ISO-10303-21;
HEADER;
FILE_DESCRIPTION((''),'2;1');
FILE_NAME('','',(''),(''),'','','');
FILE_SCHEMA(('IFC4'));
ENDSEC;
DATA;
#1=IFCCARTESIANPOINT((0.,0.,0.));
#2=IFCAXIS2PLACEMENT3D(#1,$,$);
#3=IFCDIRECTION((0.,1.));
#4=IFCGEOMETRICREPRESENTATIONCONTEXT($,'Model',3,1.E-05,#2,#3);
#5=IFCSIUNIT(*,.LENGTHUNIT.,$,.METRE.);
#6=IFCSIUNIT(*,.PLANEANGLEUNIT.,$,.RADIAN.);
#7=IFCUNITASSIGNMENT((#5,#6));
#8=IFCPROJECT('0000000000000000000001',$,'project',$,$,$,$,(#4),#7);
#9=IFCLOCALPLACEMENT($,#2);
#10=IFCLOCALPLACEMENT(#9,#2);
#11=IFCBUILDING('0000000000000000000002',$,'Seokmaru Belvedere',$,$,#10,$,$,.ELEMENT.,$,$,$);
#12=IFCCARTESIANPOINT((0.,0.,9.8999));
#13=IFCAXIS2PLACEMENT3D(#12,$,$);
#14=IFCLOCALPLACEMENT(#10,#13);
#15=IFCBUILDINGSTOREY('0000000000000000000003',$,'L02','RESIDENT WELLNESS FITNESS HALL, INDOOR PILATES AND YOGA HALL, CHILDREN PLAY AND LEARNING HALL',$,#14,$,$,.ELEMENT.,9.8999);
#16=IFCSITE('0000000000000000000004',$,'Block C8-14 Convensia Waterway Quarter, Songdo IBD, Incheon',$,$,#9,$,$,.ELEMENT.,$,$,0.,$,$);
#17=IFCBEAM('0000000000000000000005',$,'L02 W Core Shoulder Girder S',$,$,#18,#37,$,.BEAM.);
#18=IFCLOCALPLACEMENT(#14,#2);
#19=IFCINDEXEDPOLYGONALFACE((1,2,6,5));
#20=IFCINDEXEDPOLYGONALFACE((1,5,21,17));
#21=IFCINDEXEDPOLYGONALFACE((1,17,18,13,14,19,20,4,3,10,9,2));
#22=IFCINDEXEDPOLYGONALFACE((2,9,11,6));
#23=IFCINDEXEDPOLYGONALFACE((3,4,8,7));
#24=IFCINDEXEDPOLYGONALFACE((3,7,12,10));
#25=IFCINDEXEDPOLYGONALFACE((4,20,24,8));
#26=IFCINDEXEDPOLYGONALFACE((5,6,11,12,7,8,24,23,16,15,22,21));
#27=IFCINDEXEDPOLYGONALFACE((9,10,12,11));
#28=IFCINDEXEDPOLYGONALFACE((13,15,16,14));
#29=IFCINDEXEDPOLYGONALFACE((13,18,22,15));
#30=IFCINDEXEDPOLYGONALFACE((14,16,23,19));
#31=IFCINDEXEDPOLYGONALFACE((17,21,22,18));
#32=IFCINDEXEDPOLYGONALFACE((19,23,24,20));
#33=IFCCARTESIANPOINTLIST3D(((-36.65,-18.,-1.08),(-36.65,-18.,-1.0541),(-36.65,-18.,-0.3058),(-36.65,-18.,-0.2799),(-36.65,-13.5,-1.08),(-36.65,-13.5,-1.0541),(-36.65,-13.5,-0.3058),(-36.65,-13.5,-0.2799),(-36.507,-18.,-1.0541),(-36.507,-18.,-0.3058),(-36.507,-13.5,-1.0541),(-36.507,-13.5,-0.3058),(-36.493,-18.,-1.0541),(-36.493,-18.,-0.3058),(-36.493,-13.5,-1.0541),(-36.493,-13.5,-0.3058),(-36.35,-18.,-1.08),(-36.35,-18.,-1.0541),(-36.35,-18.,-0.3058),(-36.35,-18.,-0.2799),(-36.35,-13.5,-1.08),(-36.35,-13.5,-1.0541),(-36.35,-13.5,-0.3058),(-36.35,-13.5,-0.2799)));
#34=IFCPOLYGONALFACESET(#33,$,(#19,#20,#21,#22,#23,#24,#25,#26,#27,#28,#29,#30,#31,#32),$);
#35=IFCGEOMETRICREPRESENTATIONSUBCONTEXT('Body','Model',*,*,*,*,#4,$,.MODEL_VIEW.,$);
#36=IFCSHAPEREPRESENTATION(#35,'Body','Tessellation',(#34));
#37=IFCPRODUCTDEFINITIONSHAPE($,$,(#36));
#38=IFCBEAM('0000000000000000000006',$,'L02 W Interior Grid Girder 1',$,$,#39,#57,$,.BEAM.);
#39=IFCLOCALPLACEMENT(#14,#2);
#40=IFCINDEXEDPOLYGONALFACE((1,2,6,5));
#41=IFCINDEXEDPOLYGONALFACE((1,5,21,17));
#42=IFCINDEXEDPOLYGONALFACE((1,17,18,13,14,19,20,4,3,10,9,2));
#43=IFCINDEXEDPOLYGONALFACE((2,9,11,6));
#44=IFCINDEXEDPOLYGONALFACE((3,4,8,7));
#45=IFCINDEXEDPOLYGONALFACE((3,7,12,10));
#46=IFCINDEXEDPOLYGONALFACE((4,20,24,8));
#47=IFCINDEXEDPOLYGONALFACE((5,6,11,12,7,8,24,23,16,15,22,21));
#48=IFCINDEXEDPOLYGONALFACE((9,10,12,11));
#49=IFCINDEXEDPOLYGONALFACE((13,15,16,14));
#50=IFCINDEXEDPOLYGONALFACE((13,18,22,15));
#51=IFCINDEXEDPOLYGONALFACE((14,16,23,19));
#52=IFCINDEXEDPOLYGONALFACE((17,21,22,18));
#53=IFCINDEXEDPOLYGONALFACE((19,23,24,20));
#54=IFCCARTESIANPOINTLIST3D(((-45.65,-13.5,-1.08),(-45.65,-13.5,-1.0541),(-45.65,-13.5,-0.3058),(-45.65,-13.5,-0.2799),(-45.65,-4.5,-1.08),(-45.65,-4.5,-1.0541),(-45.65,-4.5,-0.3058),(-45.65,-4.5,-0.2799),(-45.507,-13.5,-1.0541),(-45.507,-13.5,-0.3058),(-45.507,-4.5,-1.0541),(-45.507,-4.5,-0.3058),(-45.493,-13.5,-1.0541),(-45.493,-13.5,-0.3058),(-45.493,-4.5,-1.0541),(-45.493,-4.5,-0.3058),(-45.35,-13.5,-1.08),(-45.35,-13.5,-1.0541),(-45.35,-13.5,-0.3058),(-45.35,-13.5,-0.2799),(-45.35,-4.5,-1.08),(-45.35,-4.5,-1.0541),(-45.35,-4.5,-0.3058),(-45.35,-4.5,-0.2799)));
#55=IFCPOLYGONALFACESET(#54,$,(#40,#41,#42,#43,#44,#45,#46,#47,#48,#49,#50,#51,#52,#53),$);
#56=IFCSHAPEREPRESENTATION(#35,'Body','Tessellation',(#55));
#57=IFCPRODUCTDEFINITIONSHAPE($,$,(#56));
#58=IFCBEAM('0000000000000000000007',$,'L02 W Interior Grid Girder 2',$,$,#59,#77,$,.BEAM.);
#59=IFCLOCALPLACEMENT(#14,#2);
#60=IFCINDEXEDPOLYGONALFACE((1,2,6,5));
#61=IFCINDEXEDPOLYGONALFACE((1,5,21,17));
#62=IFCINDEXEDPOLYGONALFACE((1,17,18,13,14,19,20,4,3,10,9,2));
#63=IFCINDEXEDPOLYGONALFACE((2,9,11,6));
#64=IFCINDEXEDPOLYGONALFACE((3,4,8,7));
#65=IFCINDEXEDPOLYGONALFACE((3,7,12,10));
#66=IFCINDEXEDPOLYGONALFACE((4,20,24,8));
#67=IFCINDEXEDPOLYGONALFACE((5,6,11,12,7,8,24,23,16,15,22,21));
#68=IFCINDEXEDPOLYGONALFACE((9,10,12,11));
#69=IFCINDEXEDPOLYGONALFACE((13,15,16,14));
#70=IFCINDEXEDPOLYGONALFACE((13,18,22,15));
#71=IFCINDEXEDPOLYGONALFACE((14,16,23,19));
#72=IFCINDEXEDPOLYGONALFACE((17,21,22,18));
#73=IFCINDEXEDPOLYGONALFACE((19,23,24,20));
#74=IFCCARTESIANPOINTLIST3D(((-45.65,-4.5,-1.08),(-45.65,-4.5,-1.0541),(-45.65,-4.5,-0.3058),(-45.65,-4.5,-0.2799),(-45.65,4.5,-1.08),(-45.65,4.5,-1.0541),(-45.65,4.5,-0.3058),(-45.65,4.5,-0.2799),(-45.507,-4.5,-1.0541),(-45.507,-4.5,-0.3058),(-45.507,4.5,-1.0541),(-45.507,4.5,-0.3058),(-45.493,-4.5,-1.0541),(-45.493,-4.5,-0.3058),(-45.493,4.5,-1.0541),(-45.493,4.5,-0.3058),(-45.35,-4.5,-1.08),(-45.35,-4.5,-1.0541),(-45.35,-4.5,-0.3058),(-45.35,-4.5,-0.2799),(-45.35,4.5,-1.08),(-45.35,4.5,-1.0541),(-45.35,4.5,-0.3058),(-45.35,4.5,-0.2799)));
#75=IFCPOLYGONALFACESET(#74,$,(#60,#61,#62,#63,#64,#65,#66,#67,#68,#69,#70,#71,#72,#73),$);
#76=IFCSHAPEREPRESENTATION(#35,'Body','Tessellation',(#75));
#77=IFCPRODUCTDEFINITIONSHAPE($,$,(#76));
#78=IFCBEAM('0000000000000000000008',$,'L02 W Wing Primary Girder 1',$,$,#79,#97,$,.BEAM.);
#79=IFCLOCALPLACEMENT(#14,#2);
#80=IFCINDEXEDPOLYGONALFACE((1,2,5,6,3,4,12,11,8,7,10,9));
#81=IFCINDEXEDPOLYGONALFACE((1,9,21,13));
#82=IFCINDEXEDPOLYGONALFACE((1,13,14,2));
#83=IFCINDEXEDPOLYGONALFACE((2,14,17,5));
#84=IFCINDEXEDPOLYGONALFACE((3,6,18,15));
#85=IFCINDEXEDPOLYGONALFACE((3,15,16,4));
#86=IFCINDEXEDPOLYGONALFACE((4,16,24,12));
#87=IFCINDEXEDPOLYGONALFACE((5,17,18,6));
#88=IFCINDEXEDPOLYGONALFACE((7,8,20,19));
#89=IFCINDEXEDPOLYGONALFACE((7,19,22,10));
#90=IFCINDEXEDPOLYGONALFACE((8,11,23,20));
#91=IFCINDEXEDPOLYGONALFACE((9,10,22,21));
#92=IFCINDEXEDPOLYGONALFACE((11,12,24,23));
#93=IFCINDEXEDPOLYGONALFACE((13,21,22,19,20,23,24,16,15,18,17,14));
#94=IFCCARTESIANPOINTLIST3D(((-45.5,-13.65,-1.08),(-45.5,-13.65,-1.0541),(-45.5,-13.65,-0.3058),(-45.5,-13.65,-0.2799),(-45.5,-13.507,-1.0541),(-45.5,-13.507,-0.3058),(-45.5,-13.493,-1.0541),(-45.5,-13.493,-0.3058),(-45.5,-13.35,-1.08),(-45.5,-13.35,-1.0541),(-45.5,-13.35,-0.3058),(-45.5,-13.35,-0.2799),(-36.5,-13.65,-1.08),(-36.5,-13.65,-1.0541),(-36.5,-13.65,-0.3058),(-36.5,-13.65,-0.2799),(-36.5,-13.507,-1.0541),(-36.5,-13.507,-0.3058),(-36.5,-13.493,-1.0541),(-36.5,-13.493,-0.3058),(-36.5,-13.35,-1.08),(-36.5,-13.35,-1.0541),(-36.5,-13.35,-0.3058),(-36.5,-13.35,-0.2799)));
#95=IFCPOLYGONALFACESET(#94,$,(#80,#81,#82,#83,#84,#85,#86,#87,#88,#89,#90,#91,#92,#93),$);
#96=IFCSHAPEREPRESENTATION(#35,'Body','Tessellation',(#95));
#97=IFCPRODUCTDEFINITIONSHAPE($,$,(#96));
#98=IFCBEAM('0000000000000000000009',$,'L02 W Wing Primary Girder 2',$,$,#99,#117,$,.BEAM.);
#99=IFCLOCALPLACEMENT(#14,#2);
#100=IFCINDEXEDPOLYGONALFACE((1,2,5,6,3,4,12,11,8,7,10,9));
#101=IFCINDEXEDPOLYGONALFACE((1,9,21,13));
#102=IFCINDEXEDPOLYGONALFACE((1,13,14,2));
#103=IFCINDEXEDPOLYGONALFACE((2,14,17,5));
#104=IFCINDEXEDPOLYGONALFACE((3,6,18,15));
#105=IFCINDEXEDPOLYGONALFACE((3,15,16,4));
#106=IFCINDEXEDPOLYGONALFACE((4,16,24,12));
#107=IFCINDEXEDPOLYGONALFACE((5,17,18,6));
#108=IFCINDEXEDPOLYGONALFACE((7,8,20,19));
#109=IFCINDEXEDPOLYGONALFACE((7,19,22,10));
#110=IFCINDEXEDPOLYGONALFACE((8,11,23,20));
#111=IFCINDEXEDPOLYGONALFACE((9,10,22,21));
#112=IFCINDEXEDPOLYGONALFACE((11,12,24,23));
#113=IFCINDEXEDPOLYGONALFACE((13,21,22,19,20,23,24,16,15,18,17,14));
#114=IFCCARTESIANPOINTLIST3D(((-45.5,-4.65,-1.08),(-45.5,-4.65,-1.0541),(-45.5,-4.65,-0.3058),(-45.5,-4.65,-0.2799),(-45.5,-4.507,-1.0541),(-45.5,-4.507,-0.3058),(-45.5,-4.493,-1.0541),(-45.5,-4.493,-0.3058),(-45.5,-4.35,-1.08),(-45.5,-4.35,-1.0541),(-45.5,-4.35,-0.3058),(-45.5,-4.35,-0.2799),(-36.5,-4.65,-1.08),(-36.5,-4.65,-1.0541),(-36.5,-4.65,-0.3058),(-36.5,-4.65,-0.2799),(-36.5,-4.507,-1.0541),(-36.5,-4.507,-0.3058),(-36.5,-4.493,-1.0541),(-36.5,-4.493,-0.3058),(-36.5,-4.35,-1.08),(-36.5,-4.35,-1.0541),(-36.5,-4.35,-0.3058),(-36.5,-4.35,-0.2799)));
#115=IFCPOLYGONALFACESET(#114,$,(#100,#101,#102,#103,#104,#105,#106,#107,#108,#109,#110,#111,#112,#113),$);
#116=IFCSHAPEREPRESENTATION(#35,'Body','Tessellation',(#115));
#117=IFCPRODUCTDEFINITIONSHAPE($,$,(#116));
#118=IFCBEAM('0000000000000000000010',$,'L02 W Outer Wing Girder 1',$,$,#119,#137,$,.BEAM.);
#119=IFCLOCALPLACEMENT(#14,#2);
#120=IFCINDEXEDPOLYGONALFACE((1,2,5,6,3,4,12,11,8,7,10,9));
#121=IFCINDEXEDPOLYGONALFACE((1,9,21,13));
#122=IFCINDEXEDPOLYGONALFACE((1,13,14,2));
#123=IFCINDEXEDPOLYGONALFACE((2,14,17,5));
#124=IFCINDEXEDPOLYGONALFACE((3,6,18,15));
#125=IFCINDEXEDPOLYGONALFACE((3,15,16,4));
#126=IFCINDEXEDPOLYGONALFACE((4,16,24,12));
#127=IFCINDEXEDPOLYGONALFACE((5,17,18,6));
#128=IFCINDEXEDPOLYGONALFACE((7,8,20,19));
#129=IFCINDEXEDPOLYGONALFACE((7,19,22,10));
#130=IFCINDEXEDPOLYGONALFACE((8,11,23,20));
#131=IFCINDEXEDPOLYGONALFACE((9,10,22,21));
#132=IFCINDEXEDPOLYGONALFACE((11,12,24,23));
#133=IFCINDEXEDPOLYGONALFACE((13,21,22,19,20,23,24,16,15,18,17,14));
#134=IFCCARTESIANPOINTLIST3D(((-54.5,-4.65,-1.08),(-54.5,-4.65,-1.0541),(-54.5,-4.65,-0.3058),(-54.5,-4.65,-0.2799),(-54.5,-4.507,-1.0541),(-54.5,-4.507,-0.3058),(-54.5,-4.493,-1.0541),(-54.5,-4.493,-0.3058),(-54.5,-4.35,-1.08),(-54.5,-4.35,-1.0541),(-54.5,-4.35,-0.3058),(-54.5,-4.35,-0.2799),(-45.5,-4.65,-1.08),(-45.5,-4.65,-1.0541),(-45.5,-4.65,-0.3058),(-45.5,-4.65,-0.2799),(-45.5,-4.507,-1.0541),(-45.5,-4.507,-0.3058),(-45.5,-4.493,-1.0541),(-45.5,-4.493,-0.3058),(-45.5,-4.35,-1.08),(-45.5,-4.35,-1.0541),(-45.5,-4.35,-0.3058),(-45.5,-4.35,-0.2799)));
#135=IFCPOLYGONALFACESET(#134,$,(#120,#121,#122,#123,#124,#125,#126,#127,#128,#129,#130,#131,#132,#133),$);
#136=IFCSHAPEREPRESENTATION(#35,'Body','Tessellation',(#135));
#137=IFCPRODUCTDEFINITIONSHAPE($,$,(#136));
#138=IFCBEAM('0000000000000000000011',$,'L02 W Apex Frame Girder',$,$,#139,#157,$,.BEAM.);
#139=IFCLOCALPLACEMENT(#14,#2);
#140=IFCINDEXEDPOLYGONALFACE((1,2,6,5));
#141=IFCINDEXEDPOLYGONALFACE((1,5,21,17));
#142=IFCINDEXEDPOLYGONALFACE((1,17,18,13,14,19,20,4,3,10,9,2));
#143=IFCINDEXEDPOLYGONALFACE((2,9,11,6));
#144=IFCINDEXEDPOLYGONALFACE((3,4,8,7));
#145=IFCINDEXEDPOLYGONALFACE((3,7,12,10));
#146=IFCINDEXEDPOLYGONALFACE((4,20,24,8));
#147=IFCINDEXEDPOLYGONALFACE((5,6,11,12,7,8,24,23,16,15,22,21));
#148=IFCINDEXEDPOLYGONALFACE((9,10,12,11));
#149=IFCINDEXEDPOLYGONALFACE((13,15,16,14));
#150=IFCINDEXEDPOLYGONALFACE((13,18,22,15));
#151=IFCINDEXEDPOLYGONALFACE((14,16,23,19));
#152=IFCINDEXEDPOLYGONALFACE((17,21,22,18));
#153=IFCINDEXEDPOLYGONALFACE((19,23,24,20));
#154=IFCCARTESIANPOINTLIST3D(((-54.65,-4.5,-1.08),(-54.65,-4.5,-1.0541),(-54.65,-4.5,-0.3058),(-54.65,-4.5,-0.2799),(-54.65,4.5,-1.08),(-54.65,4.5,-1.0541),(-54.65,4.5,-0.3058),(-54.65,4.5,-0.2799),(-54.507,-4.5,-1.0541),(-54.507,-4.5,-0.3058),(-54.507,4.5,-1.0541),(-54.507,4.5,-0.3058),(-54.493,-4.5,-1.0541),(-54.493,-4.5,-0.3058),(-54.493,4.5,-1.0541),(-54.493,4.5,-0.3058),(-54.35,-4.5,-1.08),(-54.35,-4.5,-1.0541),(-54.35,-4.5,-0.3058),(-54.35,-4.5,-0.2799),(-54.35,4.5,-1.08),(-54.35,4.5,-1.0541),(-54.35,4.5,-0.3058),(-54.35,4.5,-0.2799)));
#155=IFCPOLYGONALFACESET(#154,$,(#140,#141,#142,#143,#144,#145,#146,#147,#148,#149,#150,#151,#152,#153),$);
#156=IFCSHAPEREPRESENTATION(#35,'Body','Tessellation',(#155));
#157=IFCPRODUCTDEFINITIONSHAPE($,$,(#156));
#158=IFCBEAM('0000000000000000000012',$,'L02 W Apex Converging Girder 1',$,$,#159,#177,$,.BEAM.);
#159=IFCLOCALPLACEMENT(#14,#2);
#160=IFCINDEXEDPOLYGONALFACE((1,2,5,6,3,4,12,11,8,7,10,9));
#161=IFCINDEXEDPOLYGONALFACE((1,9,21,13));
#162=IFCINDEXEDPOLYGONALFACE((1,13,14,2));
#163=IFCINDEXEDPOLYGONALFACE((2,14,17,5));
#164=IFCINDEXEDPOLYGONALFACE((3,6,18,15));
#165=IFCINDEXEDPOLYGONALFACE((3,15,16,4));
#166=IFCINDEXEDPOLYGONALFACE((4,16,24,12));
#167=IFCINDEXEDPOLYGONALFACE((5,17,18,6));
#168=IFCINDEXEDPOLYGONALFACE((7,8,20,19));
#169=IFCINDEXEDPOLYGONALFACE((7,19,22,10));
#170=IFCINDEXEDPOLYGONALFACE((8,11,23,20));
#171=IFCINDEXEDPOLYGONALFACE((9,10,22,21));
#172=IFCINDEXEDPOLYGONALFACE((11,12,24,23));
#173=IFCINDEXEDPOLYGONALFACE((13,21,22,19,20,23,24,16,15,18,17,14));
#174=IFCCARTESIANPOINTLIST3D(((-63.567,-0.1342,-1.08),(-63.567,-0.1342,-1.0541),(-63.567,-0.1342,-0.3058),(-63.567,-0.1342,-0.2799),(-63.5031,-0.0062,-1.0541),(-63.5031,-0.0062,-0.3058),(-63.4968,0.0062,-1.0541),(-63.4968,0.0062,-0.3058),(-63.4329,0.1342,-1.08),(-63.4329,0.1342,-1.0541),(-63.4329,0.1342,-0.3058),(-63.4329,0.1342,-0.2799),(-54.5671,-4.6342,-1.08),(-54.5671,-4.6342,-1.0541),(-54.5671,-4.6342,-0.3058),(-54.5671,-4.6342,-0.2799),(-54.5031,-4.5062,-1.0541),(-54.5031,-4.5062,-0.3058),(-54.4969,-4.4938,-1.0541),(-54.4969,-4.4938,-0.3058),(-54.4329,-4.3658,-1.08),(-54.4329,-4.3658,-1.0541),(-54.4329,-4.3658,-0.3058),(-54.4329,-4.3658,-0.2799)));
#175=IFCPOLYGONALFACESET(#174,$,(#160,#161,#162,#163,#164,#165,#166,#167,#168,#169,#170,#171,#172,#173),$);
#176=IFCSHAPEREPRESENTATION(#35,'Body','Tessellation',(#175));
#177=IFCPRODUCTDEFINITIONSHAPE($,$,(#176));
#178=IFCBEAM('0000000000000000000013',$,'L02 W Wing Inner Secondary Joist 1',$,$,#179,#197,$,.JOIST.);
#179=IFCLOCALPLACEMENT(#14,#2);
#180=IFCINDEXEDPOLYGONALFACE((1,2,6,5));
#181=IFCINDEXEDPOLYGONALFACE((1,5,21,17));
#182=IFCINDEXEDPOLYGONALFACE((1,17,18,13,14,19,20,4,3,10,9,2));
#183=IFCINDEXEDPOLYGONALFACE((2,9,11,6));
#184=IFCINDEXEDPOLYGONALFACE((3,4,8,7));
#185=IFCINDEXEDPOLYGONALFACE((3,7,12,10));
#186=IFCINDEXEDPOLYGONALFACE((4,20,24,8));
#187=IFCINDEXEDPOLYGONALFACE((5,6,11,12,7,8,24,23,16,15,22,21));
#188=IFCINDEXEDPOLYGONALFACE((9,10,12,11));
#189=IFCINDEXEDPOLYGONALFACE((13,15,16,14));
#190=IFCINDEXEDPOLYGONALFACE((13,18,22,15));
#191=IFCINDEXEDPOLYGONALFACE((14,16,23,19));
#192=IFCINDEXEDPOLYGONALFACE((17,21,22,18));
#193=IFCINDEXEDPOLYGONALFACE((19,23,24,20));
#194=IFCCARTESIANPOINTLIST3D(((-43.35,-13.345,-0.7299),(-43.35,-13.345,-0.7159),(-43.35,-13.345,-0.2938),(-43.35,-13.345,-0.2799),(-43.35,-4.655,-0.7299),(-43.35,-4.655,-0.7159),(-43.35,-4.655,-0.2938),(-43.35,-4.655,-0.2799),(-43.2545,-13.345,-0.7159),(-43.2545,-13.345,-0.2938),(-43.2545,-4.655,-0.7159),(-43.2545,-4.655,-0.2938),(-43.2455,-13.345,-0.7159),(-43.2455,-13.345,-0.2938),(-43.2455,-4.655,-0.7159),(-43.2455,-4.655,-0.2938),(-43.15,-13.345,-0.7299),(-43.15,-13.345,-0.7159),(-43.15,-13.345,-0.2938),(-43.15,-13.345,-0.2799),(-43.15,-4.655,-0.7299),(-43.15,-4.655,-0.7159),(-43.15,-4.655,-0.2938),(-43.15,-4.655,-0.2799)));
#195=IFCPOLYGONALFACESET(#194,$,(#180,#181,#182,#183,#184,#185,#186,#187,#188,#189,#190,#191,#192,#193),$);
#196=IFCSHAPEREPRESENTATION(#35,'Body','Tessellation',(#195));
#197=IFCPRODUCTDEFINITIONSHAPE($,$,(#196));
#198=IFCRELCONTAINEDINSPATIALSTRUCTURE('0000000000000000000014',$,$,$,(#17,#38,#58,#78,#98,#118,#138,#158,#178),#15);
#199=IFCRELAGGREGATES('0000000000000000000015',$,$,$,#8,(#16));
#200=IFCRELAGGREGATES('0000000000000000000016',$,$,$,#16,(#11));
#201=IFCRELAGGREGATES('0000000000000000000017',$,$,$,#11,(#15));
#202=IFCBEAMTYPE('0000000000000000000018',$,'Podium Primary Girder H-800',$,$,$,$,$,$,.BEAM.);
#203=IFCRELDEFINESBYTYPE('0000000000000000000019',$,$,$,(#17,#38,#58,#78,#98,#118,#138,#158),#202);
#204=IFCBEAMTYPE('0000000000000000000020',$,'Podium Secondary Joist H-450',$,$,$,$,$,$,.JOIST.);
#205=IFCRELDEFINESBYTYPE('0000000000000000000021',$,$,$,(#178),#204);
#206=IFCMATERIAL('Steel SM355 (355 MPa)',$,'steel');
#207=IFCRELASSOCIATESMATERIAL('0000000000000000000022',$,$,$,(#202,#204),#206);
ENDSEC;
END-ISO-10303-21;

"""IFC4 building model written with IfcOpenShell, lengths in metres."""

from ifc_helpers import new_model, si_unit, direction, frame, origin, origin_2d, place, context, subcontext, project, spatial, i_section, extrude, source, transform, mapped, material, material_profile, profile_set, type_object, type_shapes, element, save


model = new_model("IFC4")

# Units and contexts
model_context = context("Model", 3, precision=1e-05, world=origin(), true_north=direction((0.0, 1.0)))
body_context = subcontext(model_context, "Body", "Model", "MODEL_VIEW")
ifc_project = project(units=[si_unit("LENGTHUNIT", "METRE"), si_unit("PLANEANGLEUNIT", "RADIAN")], contexts=[model_context])

# Site, building, storey
site_placement = place(None, origin())
site = spatial("IfcSite", under=ifc_project, at=site_placement, Name="Block C8-14 Convensia Waterway Quarter, Songdo IBD, Incheon", CompositionType="ELEMENT", RefElevation=0.0)
building_placement = place(site_placement, origin())
building = spatial("IfcBuilding", under=site, at=building_placement, Name="Seokmaru Belvedere", CompositionType="ELEMENT")
storey_placement = place(building_placement, frame((0.0, 0.0, 9.8999)))
storey = spatial("IfcBuildingStorey", under=building, at=storey_placement, Name="L02", Description="RESIDENT WELLNESS FITNESS HALL, INDOOR PILATES AND YOGA HALL, CHILDREN PLAY AND LEARNING HALL", CompositionType="ELEMENT", Elevation=9.8999)

# Shared definitions
ifc_material_1 = material(Name="Steel SM355 (355 MPa)", Category="steel")

# Beams
ifc_material_profile_1 = material_profile(ifc_material_1, i_section(OverallWidth=0.3, OverallDepth=0.8, WebThickness=0.0139, FlangeThickness=0.0259, at=origin_2d()), Name="H-800x300x14x26")
ifc_profile_set_1 = profile_set([ifc_material_profile_1], Name="Steel SM355 (355 MPa)")
beam_type_1 = type_object("IfcBeamType", Name="Podium Primary Girder H-800", PredefinedType="BEAM", material=ifc_profile_set_1)
shared_shape_1 = source(origin(), body_context, "Body", "SweptSolid", [
    extrude(i_section(OverallWidth=0.3, OverallDepth=0.8, WebThickness=0.0139, FlangeThickness=0.0259, at=origin_2d()), origin(), (0.0, 0.0, 1.0), 4.5),
])
beam_1_placement = place(storey_placement, frame((-36.5, -18.0, -0.6799), z_axis=(0.0, 1.0, 0.0), x_axis=(-1.0, 0.0, 0.0)))
element("IfcBeam", 1, at=beam_1_placement, inside=storey, type_object=beam_type_1, Name="L02 W Core Shoulder Girder S", PredefinedType="BEAM", context=body_context, shape_type="MappedRepresentation", body=[
    mapped(shared_shape_1, transform((0.0, 0.0, 0.0), scale=1.0)),
])
shared_shape_2 = source(origin(), body_context, "Body", "SweptSolid", [
    extrude(i_section(OverallWidth=0.3, OverallDepth=0.8, WebThickness=0.0139, FlangeThickness=0.0259, at=origin_2d()), origin(), (0.0, 0.0, 1.0), 9.0),
])
for number, where, z_axis, x_axis, name in (
    (2, (-45.5, -13.5, -0.6799), (0.0, 1.0, 0.0), (-1.0, 0.0, 0.0), "L02 W Interior Grid Girder 1"),
    (3, (-45.5, -4.5, -0.6799), (0.0, 1.0, 0.0), (-1.0, 0.0, 0.0), "L02 W Interior Grid Girder 2"),
    (4, (-45.5, -13.5, -0.6799), (1.0, 0.0, 0.0), (0.0, 1.0, 0.0), "L02 W Wing Primary Girder 1"),
    (5, (-45.5, -4.5, -0.6799), (1.0, 0.0, 0.0), (0.0, 1.0, 0.0), "L02 W Wing Primary Girder 2"),
    (6, (-54.5, -4.5, -0.6799), (1.0, 0.0, 0.0), (0.0, 1.0, 0.0), "L02 W Outer Wing Girder 1"),
    (7, (-54.5, -4.5, -0.6799), (0.0, 1.0, 0.0), (-1.0, 0.0, 0.0), "L02 W Apex Frame Girder"),
):
    element("IfcBeam", number, at=place(storey_placement, frame(where, z_axis=z_axis, x_axis=x_axis)), inside=storey, type_object=beam_type_1, Name=name, PredefinedType="BEAM", context=body_context, shape_type="MappedRepresentation", body=[
        mapped(shared_shape_2, transform((0.0, 0.0, 0.0), scale=1.0)),
    ])
shared_shape_3 = source(origin(), body_context, "Body", "SweptSolid", [
    extrude(i_section(OverallWidth=0.3, OverallDepth=0.8, WebThickness=0.0139, FlangeThickness=0.0259, at=origin_2d()), origin(), (0.0, 0.0, 1.0), 10.0623),
])
beam_2_placement = place(storey_placement, frame((-54.5, -4.5, -0.6799), z_axis=(-0.894427, 0.447214, 0.0), x_axis=(-0.447214, -0.894427, 0.0)))
element("IfcBeam", 8, at=beam_2_placement, inside=storey, type_object=beam_type_1, Name="L02 W Apex Converging Girder 1", PredefinedType="BEAM", context=body_context, shape_type="MappedRepresentation", body=[
    mapped(shared_shape_3, transform((0.0, 0.0, 0.0), scale=1.0)),
])
ifc_material_profile_2 = material_profile(ifc_material_1, i_section(OverallWidth=0.2, OverallDepth=0.45, WebThickness=0.009, FlangeThickness=0.0139, at=origin_2d()), Name="H-450x200x9x14")
ifc_profile_set_2 = profile_set([ifc_material_profile_2], Name="Steel SM355 (355 MPa)")
beam_type_2 = type_object("IfcBeamType", Name="Podium Secondary Joist H-450", PredefinedType="JOIST", material=ifc_profile_set_2)
shared_shape_4 = source(origin(), body_context, "Body", "SweptSolid", [
    extrude(i_section(OverallWidth=0.2, OverallDepth=0.45, WebThickness=0.009, FlangeThickness=0.0139, at=origin_2d()), origin(), (0.0, 0.0, 1.0), 8.6899),
])
type_shapes(beam_type_2, [shared_shape_4])
for number, where, z_axis, x_axis, name in (
    (9, (-43.25, -13.345, -0.5049), (0.0, 1.0, 0.0), (-1.0, 0.0, 0.0), "L02 W Wing Inner Secondary Joist 1"),
):
    element("IfcBeam", number, at=place(storey_placement, frame(where, z_axis=z_axis, x_axis=x_axis)), inside=storey, type_object=beam_type_2, Name=name, PredefinedType="JOIST", context=body_context, shape_type="MappedRepresentation", body=[
        mapped(shared_shape_4, transform((0.0, 0.0, 0.0), scale=1.0)),
    ])

save(model, "model.ifc")
